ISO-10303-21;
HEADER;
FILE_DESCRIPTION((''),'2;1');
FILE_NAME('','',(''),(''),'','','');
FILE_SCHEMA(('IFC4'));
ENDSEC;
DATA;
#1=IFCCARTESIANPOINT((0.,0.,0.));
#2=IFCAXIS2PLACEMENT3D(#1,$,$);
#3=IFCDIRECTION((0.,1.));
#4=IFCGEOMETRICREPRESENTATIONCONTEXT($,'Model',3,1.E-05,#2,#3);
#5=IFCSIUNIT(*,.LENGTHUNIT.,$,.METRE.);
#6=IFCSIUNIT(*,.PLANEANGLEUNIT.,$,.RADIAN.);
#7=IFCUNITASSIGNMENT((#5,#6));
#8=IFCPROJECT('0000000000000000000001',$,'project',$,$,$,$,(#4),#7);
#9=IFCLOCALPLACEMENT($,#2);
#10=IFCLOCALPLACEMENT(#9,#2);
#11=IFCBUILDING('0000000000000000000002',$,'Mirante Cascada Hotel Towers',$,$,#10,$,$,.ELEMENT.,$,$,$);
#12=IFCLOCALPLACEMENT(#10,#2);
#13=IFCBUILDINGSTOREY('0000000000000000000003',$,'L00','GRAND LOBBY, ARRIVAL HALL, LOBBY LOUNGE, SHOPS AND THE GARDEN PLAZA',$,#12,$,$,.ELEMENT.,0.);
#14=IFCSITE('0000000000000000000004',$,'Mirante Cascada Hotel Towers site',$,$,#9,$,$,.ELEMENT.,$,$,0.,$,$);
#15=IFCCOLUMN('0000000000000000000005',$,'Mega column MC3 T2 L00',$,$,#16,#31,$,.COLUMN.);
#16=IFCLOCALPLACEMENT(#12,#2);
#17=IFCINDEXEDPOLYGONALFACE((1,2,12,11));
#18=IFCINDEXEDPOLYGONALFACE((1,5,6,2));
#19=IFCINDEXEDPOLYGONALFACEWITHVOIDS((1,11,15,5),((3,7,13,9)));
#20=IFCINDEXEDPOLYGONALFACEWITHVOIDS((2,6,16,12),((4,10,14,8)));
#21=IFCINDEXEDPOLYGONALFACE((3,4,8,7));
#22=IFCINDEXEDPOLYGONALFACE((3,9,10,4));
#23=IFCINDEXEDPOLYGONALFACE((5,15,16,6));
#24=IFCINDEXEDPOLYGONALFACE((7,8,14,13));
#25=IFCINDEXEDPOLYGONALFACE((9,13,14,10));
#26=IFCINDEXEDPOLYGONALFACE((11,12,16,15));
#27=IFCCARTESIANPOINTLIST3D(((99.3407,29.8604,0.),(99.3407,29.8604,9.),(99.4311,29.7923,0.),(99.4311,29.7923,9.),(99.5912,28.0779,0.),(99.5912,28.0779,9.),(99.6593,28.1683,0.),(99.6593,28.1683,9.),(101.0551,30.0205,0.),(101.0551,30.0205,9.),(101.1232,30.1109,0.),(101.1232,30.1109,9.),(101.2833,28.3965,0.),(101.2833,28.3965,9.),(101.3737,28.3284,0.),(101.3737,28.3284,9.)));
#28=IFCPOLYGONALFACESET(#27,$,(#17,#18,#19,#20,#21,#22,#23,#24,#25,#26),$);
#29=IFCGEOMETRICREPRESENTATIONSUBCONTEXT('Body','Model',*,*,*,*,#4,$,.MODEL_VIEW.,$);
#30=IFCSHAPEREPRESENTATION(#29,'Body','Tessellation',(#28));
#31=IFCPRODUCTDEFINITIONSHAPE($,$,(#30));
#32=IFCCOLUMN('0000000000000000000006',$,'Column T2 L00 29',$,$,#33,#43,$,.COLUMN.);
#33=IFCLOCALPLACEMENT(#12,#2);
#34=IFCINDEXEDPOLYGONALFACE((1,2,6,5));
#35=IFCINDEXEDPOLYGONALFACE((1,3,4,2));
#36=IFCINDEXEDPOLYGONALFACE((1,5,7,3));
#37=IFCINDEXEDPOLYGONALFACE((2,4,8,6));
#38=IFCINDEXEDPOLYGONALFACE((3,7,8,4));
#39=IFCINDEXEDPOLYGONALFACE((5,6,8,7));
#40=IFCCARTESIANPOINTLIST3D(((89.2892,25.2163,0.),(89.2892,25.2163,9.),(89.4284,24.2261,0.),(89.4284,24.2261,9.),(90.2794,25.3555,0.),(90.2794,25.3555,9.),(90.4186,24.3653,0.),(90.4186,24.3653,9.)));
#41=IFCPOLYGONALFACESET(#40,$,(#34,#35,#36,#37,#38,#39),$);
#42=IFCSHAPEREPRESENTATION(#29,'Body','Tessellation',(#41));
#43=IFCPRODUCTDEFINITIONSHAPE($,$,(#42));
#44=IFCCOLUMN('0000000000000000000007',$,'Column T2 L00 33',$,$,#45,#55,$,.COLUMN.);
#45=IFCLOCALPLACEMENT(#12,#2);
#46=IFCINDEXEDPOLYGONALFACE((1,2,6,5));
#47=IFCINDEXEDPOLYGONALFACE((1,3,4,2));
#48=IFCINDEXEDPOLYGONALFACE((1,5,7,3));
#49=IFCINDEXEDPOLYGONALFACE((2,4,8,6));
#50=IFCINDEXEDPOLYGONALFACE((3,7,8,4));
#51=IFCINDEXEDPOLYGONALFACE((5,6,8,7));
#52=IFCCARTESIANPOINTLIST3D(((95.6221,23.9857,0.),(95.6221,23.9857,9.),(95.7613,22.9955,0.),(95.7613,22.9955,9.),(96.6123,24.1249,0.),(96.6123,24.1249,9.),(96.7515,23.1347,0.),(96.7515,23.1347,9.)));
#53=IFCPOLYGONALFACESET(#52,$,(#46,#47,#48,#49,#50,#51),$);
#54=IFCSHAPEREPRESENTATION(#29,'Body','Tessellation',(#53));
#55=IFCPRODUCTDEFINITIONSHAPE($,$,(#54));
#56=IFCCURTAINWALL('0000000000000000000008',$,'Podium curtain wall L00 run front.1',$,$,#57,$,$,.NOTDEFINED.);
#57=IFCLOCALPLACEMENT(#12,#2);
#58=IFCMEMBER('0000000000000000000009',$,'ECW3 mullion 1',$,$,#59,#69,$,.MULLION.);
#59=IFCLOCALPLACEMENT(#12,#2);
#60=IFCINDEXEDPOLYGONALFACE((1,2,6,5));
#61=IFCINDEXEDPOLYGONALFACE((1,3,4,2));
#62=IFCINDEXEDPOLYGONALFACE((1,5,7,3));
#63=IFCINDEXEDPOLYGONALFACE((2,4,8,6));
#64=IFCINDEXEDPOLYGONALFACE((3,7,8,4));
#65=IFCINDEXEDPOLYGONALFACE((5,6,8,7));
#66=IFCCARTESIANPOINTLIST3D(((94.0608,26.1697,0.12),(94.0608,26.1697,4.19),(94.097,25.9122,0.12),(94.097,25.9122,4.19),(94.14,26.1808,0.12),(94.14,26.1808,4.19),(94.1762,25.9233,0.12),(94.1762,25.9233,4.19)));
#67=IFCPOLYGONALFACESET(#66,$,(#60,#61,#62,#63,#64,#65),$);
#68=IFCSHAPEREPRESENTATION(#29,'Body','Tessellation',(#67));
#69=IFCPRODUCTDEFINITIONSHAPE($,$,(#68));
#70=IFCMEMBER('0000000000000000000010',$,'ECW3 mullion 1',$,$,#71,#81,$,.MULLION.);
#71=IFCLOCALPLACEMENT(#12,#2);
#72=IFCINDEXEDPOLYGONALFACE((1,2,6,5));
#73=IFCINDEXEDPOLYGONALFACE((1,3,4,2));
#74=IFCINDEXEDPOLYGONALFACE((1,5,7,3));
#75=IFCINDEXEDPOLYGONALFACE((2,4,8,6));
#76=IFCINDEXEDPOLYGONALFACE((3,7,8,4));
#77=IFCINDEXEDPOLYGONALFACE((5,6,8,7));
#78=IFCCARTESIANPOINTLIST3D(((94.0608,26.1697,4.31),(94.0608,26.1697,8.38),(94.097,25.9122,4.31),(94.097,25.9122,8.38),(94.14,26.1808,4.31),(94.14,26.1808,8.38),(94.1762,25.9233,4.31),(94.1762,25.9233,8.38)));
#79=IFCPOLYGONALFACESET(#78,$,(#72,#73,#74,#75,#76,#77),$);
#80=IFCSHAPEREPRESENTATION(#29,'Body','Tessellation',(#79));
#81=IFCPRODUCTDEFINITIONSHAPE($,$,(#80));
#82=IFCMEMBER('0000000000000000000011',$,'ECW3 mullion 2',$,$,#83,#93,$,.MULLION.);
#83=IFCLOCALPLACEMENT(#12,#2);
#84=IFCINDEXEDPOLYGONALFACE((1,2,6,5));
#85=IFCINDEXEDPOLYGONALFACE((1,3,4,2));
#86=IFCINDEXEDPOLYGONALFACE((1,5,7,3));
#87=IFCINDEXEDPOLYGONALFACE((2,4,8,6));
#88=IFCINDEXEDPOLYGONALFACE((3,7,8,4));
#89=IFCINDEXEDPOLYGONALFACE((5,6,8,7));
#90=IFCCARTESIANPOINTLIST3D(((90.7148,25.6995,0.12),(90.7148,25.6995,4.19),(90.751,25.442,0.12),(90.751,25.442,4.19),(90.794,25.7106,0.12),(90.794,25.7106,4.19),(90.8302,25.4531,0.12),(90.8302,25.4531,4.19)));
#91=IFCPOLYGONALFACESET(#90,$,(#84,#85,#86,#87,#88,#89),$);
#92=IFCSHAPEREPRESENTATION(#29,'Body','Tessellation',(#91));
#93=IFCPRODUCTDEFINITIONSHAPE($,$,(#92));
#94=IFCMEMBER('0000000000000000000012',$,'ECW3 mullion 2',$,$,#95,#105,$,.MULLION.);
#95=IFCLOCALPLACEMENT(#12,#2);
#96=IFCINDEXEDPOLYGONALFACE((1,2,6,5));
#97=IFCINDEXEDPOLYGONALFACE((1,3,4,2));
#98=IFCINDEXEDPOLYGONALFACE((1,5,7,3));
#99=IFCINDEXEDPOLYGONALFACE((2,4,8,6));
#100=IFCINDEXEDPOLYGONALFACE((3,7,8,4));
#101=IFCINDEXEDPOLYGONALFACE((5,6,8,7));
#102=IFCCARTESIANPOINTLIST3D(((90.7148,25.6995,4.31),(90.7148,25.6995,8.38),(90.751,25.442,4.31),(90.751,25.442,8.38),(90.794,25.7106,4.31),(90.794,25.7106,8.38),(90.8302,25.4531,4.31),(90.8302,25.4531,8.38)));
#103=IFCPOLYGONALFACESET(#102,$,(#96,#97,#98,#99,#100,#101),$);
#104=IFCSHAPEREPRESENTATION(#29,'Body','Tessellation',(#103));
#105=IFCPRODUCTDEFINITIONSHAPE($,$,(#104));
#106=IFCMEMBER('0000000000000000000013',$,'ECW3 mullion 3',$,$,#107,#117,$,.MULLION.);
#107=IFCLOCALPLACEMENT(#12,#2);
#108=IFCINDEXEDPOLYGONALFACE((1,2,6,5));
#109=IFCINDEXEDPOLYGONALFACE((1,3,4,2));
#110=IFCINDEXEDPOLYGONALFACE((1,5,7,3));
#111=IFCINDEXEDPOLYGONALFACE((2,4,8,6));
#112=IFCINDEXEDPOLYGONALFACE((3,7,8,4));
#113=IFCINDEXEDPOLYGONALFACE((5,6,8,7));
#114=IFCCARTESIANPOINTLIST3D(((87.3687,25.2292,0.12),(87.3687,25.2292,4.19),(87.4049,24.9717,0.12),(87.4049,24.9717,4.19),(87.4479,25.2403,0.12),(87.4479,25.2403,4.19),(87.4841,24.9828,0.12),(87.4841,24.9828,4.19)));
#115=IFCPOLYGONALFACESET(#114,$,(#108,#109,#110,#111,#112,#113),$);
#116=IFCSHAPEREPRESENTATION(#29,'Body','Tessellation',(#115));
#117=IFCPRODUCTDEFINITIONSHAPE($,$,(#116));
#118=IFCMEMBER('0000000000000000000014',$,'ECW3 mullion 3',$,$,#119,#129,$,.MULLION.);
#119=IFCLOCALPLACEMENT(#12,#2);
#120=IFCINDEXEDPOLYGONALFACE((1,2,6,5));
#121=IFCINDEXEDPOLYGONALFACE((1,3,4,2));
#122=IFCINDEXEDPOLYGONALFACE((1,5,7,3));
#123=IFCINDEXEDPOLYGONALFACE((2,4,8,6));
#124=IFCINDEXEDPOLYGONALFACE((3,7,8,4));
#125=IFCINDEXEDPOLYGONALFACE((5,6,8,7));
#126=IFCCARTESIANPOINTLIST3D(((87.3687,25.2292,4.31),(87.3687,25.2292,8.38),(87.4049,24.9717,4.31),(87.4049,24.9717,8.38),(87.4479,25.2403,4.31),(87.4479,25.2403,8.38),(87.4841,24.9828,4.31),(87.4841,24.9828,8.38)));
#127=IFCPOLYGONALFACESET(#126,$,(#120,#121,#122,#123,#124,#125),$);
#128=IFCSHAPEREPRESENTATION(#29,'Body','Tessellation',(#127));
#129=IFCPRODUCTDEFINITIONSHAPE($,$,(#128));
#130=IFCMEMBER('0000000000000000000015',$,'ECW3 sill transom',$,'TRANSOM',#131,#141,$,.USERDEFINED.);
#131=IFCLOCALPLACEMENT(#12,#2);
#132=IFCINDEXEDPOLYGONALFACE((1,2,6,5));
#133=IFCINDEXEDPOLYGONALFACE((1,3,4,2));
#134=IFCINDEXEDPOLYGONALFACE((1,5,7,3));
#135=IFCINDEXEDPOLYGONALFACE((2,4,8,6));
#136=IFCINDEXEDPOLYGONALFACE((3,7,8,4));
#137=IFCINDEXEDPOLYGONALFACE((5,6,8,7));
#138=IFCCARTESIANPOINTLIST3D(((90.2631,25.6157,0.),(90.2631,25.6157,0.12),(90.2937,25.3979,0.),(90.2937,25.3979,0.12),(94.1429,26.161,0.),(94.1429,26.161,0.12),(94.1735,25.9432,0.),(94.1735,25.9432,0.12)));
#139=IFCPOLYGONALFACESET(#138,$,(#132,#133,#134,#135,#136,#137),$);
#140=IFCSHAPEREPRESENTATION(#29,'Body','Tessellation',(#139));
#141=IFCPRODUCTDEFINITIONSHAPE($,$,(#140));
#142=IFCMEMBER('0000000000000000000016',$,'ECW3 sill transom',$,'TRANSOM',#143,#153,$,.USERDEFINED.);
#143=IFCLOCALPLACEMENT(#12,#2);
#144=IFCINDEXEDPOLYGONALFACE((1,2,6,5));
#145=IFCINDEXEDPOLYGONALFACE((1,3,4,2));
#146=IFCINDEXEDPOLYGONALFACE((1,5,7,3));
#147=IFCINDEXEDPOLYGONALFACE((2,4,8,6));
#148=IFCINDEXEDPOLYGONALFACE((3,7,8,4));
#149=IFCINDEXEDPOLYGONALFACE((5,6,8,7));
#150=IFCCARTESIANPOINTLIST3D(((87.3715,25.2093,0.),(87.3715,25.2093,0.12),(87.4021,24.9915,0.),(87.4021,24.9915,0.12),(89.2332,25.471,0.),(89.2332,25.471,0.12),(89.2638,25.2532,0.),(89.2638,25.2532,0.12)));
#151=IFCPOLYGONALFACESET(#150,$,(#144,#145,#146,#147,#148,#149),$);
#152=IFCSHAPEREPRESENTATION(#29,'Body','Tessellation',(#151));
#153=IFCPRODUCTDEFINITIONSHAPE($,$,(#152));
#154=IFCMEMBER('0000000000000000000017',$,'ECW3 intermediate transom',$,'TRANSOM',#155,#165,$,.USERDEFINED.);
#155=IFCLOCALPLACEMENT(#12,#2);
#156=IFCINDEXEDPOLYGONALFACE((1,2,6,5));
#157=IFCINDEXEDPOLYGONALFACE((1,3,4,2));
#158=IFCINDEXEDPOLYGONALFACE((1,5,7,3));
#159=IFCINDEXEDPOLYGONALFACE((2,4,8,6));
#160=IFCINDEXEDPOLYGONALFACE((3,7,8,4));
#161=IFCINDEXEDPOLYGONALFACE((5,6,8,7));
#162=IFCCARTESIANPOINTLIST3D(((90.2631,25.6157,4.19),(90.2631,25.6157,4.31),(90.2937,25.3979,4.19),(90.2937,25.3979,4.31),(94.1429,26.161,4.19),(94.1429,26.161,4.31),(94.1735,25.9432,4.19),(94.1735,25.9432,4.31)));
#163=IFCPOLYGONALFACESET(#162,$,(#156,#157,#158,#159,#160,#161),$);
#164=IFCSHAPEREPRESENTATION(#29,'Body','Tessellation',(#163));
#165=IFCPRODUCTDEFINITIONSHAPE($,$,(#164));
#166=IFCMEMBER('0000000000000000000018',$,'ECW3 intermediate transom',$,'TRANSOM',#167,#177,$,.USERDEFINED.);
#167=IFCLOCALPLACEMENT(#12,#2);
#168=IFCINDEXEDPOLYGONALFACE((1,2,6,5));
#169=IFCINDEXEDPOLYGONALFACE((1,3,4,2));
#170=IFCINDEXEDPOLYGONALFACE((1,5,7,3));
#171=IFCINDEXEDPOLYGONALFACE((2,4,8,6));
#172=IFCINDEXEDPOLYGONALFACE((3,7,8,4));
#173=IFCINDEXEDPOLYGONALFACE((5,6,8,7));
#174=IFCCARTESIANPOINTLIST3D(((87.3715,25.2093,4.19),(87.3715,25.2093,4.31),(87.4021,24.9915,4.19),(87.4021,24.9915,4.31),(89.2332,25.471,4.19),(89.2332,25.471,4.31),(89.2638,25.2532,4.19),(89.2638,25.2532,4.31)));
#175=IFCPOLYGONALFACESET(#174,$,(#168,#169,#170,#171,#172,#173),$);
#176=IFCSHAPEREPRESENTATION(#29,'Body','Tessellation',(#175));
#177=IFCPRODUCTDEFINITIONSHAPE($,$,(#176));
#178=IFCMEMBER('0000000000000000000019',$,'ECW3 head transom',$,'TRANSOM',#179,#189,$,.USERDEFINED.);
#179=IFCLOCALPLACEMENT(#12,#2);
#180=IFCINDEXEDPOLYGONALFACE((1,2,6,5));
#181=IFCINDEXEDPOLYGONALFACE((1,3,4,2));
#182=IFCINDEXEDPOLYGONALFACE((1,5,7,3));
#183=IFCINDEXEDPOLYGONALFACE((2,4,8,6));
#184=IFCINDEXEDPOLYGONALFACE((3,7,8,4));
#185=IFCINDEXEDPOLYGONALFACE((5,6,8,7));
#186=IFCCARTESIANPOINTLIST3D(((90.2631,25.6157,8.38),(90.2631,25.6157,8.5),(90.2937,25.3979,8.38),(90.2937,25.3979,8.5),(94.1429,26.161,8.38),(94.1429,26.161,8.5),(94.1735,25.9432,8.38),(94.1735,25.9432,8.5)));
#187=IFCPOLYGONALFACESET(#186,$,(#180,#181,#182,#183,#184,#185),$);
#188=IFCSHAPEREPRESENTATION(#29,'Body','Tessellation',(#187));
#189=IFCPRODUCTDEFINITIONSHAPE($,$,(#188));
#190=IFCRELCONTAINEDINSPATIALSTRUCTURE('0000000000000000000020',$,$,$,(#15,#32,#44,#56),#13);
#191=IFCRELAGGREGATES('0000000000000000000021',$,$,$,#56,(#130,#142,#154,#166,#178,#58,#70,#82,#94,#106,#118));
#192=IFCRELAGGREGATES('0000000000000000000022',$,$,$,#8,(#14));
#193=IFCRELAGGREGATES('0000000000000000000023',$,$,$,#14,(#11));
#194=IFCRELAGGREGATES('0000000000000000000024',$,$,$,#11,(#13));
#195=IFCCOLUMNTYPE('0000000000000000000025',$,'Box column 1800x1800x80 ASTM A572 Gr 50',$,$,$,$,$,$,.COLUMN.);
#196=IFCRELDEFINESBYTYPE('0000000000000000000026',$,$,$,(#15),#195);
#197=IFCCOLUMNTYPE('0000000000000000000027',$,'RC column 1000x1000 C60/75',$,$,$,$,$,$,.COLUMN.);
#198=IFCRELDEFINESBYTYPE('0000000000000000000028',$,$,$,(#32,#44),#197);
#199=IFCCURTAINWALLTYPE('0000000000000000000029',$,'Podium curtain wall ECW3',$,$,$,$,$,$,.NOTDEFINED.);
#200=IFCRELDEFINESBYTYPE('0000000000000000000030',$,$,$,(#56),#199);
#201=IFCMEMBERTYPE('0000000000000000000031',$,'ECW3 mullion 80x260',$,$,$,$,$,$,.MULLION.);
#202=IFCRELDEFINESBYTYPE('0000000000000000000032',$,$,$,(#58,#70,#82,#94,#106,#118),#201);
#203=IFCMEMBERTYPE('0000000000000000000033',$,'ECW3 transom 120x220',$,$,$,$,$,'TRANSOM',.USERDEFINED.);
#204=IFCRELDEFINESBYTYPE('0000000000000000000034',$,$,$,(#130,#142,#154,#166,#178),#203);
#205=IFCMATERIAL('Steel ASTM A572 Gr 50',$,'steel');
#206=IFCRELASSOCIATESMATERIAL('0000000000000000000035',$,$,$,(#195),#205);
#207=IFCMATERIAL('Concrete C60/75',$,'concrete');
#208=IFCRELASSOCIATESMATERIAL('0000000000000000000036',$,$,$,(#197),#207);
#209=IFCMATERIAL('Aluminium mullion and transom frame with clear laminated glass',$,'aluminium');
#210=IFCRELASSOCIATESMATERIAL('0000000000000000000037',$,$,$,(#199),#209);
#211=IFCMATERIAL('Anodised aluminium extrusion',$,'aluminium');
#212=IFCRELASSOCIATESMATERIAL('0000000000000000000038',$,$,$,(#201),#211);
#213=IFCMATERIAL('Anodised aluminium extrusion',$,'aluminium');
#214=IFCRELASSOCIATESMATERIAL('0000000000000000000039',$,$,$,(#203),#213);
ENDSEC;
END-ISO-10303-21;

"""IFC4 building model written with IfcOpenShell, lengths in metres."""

from ifc_helpers import new_model, si_unit, direction, frame, origin, origin_2d, place, context, subcontext, project, spatial, rectangle, hollow_rectangle, extrude, material, material_profile, profile_set, type_object, element, aggregate, save


model = new_model("IFC4")

# Units and contexts
model_context = context("Model", 3, precision=1e-05, world=origin(), true_north=direction((0.0, 1.0)))
body_context = subcontext(model_context, "Body", "Model", "MODEL_VIEW")
ifc_project = project(units=[si_unit("LENGTHUNIT", "METRE"), si_unit("PLANEANGLEUNIT", "RADIAN")], contexts=[model_context])

# Site, building, storey
site_placement = place(None, origin())
site = spatial("IfcSite", under=ifc_project, at=site_placement, Name="Mirante Cascada Hotel Towers site", CompositionType="ELEMENT", RefElevation=0.0)
building_placement = place(site_placement, origin())
building = spatial("IfcBuilding", under=site, at=building_placement, Name="Mirante Cascada Hotel Towers", CompositionType="ELEMENT")
storey_placement = place(building_placement, origin())
storey = spatial("IfcBuildingStorey", under=building, at=storey_placement, Name="L00", Description="GRAND LOBBY, ARRIVAL HALL, LOBBY LOUNGE, SHOPS AND THE GARDEN PLAZA", CompositionType="ELEMENT", Elevation=0.0)

# Columns
ifc_material_1 = material(Name="Steel ASTM A572 Gr 50", Category="steel")
ifc_material_profile_1 = material_profile(ifc_material_1, hollow_rectangle(XDim=1.8, YDim=1.8, WallThickness=0.08, at=origin_2d()), Name="Box column 1800x1800x80 ASTM A572 Gr 50")
ifc_profile_set_1 = profile_set([ifc_material_profile_1], Name="Steel ASTM A572 Gr 50")
column_type_1 = type_object("IfcColumnType", Name="Box column 1800x1800x80 ASTM A572 Gr 50", PredefinedType="COLUMN", material=ifc_profile_set_1)
column_placement = place(storey_placement, frame((100.3572, 29.0944, 0.0), z_axis=(0.0, 0.0, 1.0), x_axis=(0.990268, 0.139173, 0.0)))
element("IfcColumn", 1, at=column_placement, inside=storey, type_object=column_type_1, Name="Mega column MC3 T2 L00", PredefinedType="COLUMN", context=body_context, shape_type="SweptSolid", body=[
    extrude(hollow_rectangle(XDim=1.8, YDim=1.8, WallThickness=0.08, at=origin_2d()), origin(), (0.0, 0.0, 1.0), 9.0),
])
ifc_material_2 = material(Name="Concrete C60/75", Category="concrete")
ifc_material_profile_2 = material_profile(ifc_material_2, rectangle(XDim=1.0, YDim=1.0, at=origin_2d()), Name="RC column 1000x1000 C60/75")
ifc_profile_set_2 = profile_set([ifc_material_profile_2], Name="Concrete C60/75")
column_type_2 = type_object("IfcColumnType", Name="RC column 1000x1000 C60/75", PredefinedType="COLUMN", material=ifc_profile_set_2)
for number, where, z_axis, x_axis, name in (
    (2, (89.8539, 24.7908, 0.0), (0.0, 0.0, 1.0), (0.990268, 0.139173, 0.0), "Column T2 L00 29"),
    (3, (96.1868, 23.5602, 0.0), (0.0, 0.0, 1.0), (0.990268, 0.139173, 0.0), "Column T2 L00 33"),
):
    element("IfcColumn", number, at=place(storey_placement, frame(where, z_axis=z_axis, x_axis=x_axis)), inside=storey, type_object=column_type_2, Name=name, PredefinedType="COLUMN", context=body_context, shape_type="SweptSolid", body=[
        extrude(rectangle(XDim=1.0, YDim=1.0, at=origin_2d()), origin(), (0.0, 0.0, 1.0), 9.0),
    ])

# Curtain wall, members
ifc_material_3 = material(Name="Aluminium mullion and transom frame with clear laminated glass", Category="aluminium")
curtain_wall_type = type_object("IfcCurtainWallType", Name="Podium curtain wall ECW3", PredefinedType="NOTDEFINED", material=ifc_material_3)
curtain_wall_1_placement = place(storey_placement, origin())
curtain_wall_1 = element("IfcCurtainWall", 4, at=curtain_wall_1_placement, inside=storey, type_object=curtain_wall_type, Name="Podium curtain wall L00 run front.1", PredefinedType="NOTDEFINED")
ifc_material_4 = material(Name="Anodised aluminium extrusion", Category="aluminium")
ifc_material_profile_3 = material_profile(ifc_material_4, rectangle(XDim=0.26, YDim=0.08, at=origin_2d()), Name="ECW3 MULLION 80x260")
ifc_profile_set_3 = profile_set([ifc_material_profile_3], Name="Anodised aluminium extrusion")
member_type_1 = type_object("IfcMemberType", Name="ECW3 mullion 80x260", PredefinedType="MULLION", material=ifc_profile_set_3)
member_1_placement = place(storey_placement, frame((94.1185, 26.0465, 0.12), z_axis=(0.0, 0.0, 1.0), x_axis=(0.139173, -0.990268, 0.0)))
member_1 = element("IfcMember", 5, at=member_1_placement, type_object=member_type_1, Name="ECW3 mullion 1", PredefinedType="MULLION", context=body_context, shape_type="SweptSolid", body=[
    extrude(rectangle(XDim=0.26, YDim=0.08, at=origin_2d()), origin(), (0.0, 0.0, 1.0), 4.07),
])
member_2_placement = place(storey_placement, frame((94.1185, 26.0465, 4.31), z_axis=(0.0, 0.0, 1.0), x_axis=(0.139173, -0.990268, 0.0)))
member_2 = element("IfcMember", 6, at=member_2_placement, type_object=member_type_1, Name="ECW3 mullion 1", PredefinedType="MULLION", context=body_context, shape_type="SweptSolid", body=[
    extrude(rectangle(XDim=0.26, YDim=0.08, at=origin_2d()), origin(), (0.0, 0.0, 1.0), 4.07),
])
member_3_placement = place(storey_placement, frame((90.7725, 25.5763, 0.12), z_axis=(0.0, 0.0, 1.0), x_axis=(0.139173, -0.990268, 0.0)))
member_3 = element("IfcMember", 7, at=member_3_placement, type_object=member_type_1, Name="ECW3 mullion 2", PredefinedType="MULLION", context=body_context, shape_type="SweptSolid", body=[
    extrude(rectangle(XDim=0.26, YDim=0.08, at=origin_2d()), origin(), (0.0, 0.0, 1.0), 4.07),
])
member_4_placement = place(storey_placement, frame((90.7725, 25.5763, 4.31), z_axis=(0.0, 0.0, 1.0), x_axis=(0.139173, -0.990268, 0.0)))
member_4 = element("IfcMember", 8, at=member_4_placement, type_object=member_type_1, Name="ECW3 mullion 2", PredefinedType="MULLION", context=body_context, shape_type="SweptSolid", body=[
    extrude(rectangle(XDim=0.26, YDim=0.08, at=origin_2d()), origin(), (0.0, 0.0, 1.0), 4.07),
])
member_5_placement = place(storey_placement, frame((87.4264, 25.106, 0.12), z_axis=(0.0, 0.0, 1.0), x_axis=(0.139173, -0.990268, 0.0)))
member_5 = element("IfcMember", 9, at=member_5_placement, type_object=member_type_1, Name="ECW3 mullion 3", PredefinedType="MULLION", context=body_context, shape_type="SweptSolid", body=[
    extrude(rectangle(XDim=0.26, YDim=0.08, at=origin_2d()), origin(), (0.0, 0.0, 1.0), 4.07),
])
member_6_placement = place(storey_placement, frame((87.4264, 25.106, 4.31), z_axis=(0.0, 0.0, 1.0), x_axis=(0.139173, -0.990268, 0.0)))
member_6 = element("IfcMember", 10, at=member_6_placement, type_object=member_type_1, Name="ECW3 mullion 3", PredefinedType="MULLION", context=body_context, shape_type="SweptSolid", body=[
    extrude(rectangle(XDim=0.26, YDim=0.08, at=origin_2d()), origin(), (0.0, 0.0, 1.0), 4.07),
])
ifc_material_5 = material(Name="Anodised aluminium extrusion", Category="aluminium")
ifc_material_profile_4 = material_profile(ifc_material_5, rectangle(XDim=0.22, YDim=0.12, at=origin_2d()), Name="ECW3 TRANSOM 120x220")
ifc_profile_set_4 = profile_set([ifc_material_profile_4], Name="Anodised aluminium extrusion")
member_type_2 = type_object("IfcMemberType", Name="ECW3 transom 120x220", ElementType="TRANSOM", PredefinedType="USERDEFINED", material=ifc_profile_set_4)
member_7_placement = place(storey_placement, frame((94.1582, 26.0521, 0.06), z_axis=(-0.990267, -0.139181, 0.0), x_axis=(0.139181, -0.990267, 0.0)))
member_7 = element("IfcMember", 11, at=member_7_placement, type_object=member_type_2, Name="ECW3 sill transom", ObjectType="TRANSOM", PredefinedType="USERDEFINED", context=body_context, shape_type="SweptSolid", body=[
    extrude(rectangle(XDim=0.22, YDim=0.12, at=origin_2d()), origin(), (0.0, 0.0, 1.0), 3.9179),
])
member_8_placement = place(storey_placement, frame((89.2485, 25.3621, 0.06), z_axis=(-0.990264, -0.139202, 0.0), x_axis=(0.139202, -0.990264, 0.0)))
member_8 = element("IfcMember", 12, at=member_8_placement, type_object=member_type_2, Name="ECW3 sill transom", ObjectType="TRANSOM", PredefinedType="USERDEFINED", context=body_context, shape_type="SweptSolid", body=[
    extrude(rectangle(XDim=0.22, YDim=0.12, at=origin_2d()), origin(), (0.0, 0.0, 1.0), 1.88),
])
member_9_placement = place(storey_placement, frame((94.1582, 26.0521, 4.25), z_axis=(-0.990267, -0.139181, 0.0), x_axis=(0.139181, -0.990267, 0.0)))
member_9 = element("IfcMember", 13, at=member_9_placement, type_object=member_type_2, Name="ECW3 intermediate transom", ObjectType="TRANSOM", PredefinedType="USERDEFINED", context=body_context, shape_type="SweptSolid", body=[
    extrude(rectangle(XDim=0.22, YDim=0.12, at=origin_2d()), origin(), (0.0, 0.0, 1.0), 3.9179),
])
member_10_placement = place(storey_placement, frame((89.2485, 25.3621, 4.25), z_axis=(-0.990264, -0.139202, 0.0), x_axis=(0.139202, -0.990264, 0.0)))
member_10 = element("IfcMember", 14, at=member_10_placement, type_object=member_type_2, Name="ECW3 intermediate transom", ObjectType="TRANSOM", PredefinedType="USERDEFINED", context=body_context, shape_type="SweptSolid", body=[
    extrude(rectangle(XDim=0.22, YDim=0.12, at=origin_2d()), origin(), (0.0, 0.0, 1.0), 1.88),
])
member_11_placement = place(storey_placement, frame((94.1582, 26.0521, 8.44), z_axis=(-0.990267, -0.139181, 0.0), x_axis=(0.139181, -0.990267, 0.0)))
member_11 = element("IfcMember", 15, at=member_11_placement, type_object=member_type_2, Name="ECW3 head transom", ObjectType="TRANSOM", PredefinedType="USERDEFINED", context=body_context, shape_type="SweptSolid", body=[
    extrude(rectangle(XDim=0.22, YDim=0.12, at=origin_2d()), origin(), (0.0, 0.0, 1.0), 3.9179),
])

aggregate(curtain_wall_1, [member_7, member_8, member_9, member_10, member_11, member_1, member_2, member_3, member_4, member_5, member_6])

save(model, "model.ifc")
